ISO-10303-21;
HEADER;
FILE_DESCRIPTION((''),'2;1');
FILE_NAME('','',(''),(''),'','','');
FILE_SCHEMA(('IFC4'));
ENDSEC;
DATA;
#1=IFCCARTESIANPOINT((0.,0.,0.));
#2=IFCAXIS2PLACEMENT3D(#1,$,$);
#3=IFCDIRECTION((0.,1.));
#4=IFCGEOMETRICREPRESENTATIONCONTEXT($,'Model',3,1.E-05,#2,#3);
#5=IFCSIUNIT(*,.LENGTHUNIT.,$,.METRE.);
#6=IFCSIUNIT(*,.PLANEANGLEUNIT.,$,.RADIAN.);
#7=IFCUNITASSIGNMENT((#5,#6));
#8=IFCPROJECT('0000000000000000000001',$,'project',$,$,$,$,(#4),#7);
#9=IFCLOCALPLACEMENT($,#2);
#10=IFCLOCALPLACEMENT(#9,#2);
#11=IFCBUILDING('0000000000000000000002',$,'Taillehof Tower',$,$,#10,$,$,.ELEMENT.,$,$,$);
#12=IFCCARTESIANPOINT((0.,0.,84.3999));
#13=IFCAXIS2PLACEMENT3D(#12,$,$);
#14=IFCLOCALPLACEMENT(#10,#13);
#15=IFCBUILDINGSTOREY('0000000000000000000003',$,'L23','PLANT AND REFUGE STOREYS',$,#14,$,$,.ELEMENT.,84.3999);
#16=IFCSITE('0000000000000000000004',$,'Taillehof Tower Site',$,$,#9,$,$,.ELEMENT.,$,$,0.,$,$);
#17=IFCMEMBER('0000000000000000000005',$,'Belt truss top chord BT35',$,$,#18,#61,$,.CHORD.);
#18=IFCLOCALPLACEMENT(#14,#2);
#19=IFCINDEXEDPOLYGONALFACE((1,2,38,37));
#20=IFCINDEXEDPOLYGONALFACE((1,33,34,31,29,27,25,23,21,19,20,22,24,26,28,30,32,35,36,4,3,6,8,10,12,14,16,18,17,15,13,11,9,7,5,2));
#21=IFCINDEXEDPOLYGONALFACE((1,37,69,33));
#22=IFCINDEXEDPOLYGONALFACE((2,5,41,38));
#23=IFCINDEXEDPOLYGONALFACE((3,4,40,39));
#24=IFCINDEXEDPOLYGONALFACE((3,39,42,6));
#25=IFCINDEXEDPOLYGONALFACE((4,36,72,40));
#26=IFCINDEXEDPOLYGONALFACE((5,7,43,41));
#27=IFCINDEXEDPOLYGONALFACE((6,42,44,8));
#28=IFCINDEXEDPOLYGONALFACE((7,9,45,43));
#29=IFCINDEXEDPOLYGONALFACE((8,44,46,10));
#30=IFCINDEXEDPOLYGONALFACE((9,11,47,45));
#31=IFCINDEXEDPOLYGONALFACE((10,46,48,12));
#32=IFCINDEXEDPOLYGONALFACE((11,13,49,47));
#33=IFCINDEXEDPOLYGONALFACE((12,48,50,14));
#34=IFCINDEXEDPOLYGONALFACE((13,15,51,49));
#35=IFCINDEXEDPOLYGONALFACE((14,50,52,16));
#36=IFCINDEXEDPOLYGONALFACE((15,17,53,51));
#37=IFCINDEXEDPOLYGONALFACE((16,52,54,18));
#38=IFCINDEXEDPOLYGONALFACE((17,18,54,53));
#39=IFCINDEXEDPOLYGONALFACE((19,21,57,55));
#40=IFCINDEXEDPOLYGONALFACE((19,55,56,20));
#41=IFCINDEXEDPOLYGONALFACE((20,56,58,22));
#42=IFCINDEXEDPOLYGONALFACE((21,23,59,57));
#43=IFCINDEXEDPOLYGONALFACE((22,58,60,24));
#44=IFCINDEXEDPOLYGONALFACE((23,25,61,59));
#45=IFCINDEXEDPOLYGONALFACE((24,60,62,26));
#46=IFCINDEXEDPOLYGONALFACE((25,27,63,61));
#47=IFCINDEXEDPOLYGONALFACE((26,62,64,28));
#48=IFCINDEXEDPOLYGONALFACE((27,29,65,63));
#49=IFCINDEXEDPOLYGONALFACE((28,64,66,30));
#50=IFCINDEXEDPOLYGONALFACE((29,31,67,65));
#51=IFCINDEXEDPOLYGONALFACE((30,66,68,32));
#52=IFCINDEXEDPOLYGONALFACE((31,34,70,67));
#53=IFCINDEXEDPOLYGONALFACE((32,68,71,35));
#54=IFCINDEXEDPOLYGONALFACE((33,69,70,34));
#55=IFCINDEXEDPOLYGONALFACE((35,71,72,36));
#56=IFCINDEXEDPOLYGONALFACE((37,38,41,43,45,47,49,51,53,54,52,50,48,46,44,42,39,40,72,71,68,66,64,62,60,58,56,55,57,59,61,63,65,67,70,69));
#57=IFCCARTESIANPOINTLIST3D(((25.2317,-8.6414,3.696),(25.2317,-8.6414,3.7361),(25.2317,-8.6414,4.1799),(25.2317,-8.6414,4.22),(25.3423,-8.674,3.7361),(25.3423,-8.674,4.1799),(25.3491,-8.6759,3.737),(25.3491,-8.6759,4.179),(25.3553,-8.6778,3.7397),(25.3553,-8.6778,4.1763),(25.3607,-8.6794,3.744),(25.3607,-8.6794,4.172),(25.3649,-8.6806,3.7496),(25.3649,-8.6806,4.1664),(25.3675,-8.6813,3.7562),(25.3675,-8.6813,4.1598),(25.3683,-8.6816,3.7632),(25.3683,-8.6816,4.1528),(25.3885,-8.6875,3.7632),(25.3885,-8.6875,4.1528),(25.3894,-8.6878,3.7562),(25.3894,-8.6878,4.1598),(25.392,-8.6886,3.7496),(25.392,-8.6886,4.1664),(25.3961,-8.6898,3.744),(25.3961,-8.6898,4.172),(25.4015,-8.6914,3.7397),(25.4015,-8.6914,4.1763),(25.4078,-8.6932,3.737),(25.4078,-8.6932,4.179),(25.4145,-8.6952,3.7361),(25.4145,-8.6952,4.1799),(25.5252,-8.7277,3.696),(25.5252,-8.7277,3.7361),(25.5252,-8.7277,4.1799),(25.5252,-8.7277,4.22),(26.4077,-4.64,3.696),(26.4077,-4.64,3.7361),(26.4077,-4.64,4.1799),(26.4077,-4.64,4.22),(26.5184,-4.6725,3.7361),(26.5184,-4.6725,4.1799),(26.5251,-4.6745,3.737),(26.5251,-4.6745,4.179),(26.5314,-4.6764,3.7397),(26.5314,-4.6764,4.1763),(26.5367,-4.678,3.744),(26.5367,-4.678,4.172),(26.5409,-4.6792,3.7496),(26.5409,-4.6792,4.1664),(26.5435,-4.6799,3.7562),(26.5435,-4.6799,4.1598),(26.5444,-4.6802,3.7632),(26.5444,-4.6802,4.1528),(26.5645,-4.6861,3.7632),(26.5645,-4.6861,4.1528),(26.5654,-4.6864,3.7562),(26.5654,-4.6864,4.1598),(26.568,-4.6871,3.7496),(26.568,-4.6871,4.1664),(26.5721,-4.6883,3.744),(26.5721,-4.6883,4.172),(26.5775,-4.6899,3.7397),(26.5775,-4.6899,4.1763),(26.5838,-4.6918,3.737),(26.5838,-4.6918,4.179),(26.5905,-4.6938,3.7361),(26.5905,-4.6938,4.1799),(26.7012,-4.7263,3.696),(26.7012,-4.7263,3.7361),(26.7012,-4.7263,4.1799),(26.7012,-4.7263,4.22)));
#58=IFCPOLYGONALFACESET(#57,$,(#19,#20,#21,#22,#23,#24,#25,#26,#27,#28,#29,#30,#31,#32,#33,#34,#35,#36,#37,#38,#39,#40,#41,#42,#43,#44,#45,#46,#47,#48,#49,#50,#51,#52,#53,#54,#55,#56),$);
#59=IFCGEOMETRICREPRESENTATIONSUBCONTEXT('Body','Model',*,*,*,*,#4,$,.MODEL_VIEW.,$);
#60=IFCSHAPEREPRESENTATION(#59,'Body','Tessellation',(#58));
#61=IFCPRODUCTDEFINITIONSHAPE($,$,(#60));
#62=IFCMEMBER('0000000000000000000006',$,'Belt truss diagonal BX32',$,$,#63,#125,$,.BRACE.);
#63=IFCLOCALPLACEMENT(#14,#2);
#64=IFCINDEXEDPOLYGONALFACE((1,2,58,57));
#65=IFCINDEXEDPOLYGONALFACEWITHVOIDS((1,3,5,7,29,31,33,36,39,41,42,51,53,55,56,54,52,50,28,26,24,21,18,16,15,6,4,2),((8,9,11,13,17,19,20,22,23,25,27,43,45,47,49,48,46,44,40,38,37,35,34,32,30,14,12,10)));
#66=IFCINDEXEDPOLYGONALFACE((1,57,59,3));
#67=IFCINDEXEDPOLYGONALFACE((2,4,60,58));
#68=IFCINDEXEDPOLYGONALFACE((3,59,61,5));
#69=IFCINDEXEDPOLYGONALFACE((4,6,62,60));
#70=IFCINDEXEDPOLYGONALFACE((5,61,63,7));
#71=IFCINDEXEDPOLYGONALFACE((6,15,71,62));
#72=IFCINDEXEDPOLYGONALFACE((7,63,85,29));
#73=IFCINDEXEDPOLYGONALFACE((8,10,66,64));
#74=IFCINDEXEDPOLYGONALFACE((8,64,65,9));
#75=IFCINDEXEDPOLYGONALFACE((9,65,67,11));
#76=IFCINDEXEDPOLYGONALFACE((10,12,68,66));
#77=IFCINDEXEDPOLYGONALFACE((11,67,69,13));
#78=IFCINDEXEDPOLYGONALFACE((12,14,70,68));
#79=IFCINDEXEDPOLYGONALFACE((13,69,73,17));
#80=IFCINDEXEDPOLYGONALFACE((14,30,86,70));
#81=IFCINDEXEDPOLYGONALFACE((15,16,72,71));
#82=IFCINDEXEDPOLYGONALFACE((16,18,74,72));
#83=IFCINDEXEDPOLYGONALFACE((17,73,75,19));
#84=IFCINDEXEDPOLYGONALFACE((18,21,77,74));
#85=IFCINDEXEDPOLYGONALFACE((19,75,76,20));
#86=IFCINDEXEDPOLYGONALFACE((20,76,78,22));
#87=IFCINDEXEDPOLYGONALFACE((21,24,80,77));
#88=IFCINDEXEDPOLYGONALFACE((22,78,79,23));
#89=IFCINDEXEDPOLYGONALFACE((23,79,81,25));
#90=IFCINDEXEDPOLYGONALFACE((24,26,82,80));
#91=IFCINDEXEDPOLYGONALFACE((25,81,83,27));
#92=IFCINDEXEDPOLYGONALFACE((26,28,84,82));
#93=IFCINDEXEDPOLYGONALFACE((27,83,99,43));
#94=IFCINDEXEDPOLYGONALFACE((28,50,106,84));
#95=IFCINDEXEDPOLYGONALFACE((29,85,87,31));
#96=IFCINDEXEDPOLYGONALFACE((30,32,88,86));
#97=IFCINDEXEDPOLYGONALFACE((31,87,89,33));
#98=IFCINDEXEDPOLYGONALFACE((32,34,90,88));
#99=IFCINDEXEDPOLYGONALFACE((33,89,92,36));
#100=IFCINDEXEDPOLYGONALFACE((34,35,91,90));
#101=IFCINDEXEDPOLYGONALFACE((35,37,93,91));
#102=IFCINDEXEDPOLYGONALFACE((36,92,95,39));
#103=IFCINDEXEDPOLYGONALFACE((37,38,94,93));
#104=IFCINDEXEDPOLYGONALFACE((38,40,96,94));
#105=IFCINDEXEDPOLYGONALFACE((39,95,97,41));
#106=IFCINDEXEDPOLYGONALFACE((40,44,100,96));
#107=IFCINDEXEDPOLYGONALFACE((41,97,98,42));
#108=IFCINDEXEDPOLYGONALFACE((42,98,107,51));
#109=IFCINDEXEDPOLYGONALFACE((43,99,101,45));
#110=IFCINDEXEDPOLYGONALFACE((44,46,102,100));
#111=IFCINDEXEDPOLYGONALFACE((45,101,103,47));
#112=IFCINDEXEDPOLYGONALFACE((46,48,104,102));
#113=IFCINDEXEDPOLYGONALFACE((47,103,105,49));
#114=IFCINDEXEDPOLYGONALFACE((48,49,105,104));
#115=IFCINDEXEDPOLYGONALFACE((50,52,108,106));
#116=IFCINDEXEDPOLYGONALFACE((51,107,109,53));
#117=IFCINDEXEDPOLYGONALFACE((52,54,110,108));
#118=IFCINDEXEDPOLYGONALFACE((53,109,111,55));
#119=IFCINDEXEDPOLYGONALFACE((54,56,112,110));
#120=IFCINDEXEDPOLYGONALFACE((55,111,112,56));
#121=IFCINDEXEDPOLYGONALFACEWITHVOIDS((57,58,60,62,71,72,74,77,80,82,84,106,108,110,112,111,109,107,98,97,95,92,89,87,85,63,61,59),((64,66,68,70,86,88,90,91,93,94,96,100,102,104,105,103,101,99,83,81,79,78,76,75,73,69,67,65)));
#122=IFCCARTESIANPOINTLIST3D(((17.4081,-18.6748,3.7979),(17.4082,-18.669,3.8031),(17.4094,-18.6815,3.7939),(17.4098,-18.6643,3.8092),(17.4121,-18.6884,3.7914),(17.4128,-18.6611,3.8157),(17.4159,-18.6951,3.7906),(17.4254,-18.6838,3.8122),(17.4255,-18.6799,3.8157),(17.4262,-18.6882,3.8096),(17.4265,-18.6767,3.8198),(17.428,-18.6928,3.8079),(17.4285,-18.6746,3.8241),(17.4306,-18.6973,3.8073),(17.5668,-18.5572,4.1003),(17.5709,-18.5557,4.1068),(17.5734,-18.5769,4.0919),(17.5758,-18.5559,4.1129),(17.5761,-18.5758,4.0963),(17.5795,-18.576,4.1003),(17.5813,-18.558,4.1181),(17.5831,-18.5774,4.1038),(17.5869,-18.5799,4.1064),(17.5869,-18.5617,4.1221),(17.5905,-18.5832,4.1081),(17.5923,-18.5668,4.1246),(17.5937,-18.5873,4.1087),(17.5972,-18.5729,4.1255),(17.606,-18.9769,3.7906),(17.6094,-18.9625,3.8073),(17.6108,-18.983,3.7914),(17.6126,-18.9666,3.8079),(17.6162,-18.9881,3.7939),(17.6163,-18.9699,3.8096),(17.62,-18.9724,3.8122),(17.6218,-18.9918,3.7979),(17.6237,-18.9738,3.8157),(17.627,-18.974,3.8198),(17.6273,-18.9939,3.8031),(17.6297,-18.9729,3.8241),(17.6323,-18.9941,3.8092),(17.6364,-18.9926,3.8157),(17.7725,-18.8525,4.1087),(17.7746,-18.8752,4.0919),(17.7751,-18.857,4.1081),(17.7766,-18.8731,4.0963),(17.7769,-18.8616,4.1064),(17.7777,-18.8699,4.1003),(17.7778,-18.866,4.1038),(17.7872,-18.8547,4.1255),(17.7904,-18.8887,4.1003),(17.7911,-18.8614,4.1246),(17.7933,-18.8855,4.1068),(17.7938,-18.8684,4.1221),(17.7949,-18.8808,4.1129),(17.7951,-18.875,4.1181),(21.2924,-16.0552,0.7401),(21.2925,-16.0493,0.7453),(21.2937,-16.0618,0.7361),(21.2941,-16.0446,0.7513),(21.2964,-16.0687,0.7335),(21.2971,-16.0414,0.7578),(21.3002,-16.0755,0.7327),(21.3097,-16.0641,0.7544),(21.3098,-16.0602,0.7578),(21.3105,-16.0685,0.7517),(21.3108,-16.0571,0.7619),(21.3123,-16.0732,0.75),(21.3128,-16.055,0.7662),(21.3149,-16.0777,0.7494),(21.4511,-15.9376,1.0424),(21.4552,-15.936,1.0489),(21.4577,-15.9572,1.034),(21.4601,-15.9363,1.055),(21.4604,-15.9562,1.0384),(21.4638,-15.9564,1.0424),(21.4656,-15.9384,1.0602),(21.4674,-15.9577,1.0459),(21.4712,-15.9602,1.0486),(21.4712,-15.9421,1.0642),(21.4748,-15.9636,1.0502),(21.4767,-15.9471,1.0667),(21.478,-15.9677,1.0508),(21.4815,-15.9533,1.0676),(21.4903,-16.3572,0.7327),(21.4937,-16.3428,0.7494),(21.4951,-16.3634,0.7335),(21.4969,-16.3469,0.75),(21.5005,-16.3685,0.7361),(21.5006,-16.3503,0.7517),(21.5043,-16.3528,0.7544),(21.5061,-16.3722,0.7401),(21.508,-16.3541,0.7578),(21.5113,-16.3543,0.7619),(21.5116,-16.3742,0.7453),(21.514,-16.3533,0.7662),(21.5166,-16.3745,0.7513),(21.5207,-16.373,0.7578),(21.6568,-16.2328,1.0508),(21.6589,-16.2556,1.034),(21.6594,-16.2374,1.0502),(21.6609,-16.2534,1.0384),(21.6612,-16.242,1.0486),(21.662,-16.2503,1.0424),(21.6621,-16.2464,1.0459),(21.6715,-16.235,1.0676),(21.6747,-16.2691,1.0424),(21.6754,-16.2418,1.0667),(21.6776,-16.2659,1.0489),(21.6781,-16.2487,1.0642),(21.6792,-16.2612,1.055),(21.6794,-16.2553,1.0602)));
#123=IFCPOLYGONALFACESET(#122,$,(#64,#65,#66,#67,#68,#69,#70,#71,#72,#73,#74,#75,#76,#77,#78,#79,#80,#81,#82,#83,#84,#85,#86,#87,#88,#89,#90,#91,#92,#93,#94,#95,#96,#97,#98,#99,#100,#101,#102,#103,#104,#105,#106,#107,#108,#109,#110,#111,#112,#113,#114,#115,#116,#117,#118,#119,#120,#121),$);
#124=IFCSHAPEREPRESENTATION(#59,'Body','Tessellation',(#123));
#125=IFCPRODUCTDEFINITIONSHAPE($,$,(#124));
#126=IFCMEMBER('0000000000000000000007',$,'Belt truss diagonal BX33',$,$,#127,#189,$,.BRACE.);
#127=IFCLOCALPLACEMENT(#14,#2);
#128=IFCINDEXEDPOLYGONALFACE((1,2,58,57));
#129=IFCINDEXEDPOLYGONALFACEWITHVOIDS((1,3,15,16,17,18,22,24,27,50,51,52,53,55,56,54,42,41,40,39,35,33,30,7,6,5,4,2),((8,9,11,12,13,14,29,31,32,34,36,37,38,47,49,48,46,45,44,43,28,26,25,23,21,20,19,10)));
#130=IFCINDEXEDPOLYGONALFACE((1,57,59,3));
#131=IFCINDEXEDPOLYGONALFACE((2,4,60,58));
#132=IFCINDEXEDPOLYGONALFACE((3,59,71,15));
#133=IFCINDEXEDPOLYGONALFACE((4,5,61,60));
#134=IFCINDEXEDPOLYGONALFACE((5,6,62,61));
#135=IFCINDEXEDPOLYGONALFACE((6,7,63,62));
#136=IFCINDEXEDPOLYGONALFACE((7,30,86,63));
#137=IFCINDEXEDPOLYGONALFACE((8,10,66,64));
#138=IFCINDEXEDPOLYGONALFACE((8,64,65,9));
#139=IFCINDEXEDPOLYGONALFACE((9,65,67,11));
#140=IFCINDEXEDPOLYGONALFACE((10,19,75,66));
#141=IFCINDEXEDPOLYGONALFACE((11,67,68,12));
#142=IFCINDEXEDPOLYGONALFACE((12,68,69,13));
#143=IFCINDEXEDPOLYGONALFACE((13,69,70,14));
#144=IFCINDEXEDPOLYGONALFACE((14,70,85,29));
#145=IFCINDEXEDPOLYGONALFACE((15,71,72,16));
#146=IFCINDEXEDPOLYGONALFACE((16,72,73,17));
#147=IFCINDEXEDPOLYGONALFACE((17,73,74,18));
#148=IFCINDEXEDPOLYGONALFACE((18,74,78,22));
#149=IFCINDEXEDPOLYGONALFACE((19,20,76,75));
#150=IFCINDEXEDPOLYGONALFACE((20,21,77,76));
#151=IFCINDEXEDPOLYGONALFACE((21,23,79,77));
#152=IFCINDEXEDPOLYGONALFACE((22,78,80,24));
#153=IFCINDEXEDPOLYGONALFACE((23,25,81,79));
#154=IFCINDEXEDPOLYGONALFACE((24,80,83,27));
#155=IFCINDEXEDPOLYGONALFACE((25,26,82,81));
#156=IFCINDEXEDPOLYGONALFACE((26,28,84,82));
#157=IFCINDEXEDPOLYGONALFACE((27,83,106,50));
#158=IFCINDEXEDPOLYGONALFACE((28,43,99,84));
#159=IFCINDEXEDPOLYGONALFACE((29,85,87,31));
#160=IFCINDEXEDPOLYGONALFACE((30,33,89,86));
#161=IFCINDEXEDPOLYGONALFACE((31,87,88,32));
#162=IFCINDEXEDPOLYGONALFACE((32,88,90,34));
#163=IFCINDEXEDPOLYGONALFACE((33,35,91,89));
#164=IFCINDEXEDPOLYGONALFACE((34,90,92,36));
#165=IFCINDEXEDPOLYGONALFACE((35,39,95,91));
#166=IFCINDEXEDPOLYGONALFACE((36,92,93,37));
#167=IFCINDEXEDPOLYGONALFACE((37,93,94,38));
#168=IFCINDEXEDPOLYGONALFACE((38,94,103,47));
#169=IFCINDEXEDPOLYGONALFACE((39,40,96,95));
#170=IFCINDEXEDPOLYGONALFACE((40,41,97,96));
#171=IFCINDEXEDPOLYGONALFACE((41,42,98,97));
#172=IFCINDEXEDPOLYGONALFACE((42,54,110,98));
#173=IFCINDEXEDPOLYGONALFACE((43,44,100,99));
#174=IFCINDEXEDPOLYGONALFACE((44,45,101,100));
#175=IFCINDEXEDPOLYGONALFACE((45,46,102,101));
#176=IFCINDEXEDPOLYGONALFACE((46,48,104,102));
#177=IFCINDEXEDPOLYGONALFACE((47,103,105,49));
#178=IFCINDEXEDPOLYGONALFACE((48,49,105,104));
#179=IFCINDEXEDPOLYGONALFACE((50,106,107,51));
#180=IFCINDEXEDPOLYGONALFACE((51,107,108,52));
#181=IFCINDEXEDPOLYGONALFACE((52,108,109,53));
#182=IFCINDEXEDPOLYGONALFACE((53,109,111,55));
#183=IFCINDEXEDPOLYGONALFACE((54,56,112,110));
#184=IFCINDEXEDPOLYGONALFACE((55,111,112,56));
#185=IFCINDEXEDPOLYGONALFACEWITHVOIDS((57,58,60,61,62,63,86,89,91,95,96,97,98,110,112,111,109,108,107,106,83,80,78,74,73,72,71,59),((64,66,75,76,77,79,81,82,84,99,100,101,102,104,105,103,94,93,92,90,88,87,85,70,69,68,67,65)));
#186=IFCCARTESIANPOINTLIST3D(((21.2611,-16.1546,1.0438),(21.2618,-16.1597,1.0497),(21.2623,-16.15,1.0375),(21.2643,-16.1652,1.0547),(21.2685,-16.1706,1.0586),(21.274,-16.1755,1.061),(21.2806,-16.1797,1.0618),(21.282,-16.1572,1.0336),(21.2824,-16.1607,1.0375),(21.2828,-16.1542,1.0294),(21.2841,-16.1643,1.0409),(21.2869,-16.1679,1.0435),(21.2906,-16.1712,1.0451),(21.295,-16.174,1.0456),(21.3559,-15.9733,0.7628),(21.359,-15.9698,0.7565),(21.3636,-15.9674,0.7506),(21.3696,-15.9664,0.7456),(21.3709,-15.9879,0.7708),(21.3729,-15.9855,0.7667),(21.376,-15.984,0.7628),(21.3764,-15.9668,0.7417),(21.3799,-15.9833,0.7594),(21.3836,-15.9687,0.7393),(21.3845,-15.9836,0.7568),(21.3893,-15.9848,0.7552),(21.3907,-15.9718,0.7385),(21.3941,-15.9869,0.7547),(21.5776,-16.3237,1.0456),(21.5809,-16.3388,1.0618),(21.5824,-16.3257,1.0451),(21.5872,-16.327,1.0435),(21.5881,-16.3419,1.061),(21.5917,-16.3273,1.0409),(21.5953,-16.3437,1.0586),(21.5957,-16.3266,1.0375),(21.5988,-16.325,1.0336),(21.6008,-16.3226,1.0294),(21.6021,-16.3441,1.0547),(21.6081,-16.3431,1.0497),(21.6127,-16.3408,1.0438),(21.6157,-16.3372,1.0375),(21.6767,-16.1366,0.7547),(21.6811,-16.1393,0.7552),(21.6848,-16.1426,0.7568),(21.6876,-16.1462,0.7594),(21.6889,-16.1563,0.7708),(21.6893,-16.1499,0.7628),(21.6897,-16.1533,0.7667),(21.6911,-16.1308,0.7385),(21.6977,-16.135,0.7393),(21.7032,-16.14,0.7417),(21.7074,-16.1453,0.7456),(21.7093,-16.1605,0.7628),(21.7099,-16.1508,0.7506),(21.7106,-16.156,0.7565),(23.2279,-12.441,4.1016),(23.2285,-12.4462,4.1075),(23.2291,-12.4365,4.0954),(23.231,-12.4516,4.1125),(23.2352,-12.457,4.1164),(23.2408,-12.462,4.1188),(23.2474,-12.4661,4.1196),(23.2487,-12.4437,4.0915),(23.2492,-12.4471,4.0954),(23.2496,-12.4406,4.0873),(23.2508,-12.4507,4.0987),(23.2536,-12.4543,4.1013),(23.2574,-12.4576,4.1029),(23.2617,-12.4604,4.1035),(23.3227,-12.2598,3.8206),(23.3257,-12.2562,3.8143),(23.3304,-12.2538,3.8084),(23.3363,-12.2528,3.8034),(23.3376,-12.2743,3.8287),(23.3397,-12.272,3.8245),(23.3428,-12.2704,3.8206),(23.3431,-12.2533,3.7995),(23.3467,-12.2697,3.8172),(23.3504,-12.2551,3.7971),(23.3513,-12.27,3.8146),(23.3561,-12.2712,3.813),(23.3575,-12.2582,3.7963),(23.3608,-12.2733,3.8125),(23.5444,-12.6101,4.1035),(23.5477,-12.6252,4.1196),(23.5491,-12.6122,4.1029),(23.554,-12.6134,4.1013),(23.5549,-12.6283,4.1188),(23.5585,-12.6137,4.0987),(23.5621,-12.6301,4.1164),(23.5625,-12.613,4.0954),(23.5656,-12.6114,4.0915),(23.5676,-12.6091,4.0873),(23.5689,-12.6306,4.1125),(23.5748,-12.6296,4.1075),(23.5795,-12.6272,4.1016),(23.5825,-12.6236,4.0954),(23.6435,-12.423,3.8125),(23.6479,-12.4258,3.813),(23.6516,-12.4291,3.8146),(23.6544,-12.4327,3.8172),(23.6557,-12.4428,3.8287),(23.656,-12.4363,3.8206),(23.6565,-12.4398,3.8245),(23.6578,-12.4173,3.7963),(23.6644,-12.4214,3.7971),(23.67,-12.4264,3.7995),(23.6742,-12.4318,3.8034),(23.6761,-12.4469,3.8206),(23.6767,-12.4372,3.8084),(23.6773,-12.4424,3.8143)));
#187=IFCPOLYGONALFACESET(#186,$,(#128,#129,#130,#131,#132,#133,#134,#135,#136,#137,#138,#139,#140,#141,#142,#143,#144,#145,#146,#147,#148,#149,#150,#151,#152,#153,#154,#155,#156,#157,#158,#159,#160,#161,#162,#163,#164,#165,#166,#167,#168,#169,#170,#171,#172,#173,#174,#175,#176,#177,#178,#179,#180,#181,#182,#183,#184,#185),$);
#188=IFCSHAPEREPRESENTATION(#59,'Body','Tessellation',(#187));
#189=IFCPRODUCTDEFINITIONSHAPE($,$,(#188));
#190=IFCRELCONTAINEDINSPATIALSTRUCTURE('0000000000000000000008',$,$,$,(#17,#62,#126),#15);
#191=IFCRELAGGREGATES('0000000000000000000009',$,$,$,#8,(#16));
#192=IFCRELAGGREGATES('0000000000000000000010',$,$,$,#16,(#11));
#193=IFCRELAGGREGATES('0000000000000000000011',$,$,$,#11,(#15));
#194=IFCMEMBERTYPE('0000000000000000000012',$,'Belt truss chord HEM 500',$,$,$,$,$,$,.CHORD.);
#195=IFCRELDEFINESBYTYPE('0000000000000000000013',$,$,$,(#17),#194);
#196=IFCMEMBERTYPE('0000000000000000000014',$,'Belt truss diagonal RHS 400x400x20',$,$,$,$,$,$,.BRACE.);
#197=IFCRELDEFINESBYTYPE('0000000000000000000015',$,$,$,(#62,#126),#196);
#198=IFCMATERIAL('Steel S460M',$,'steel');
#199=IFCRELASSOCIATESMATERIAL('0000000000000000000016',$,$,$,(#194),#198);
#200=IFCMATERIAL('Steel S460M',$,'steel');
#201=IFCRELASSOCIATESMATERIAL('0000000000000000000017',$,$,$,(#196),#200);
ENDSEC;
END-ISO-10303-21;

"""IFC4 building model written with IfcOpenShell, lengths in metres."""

from ifc_helpers import new_model, si_unit, direction, frame, origin, origin_2d, place, context, subcontext, project, spatial, hollow_rectangle, i_section, extrude, material, material_profile, profile_set, type_object, element, save


model = new_model("IFC4")

# Units and contexts
model_context = context("Model", 3, precision=1e-05, world=origin(), true_north=direction((0.0, 1.0)))
body_context = subcontext(model_context, "Body", "Model", "MODEL_VIEW")
ifc_project = project(units=[si_unit("LENGTHUNIT", "METRE"), si_unit("PLANEANGLEUNIT", "RADIAN")], contexts=[model_context])

# Site, building, storey
site_placement = place(None, origin())
site = spatial("IfcSite", under=ifc_project, at=site_placement, Name="Taillehof Tower Site", CompositionType="ELEMENT", RefElevation=0.0)
building_placement = place(site_placement, origin())
building = spatial("IfcBuilding", under=site, at=building_placement, Name="Taillehof Tower", CompositionType="ELEMENT")
storey_placement = place(building_placement, frame((0.0, 0.0, 84.3999)))
storey = spatial("IfcBuildingStorey", under=building, at=storey_placement, Name="L23", Description="PLANT AND REFUGE STOREYS", CompositionType="ELEMENT", Elevation=84.3999)

# Members
ifc_material_1 = material(Name="Steel S460M", Category="steel")
ifc_material_profile_1 = material_profile(ifc_material_1, i_section(OverallWidth=0.3059, OverallDepth=0.5239, WebThickness=0.021, FlangeThickness=0.04, FilletRadius=0.0271, at=origin_2d()), Name="HEM 500")
ifc_profile_set_1 = profile_set([ifc_material_profile_1], Name="Steel S460M")
member_type_1 = type_object("IfcMemberType", Name="Belt truss chord HEM 500", PredefinedType="CHORD", material=ifc_profile_set_1)
member_1_placement = place(storey_placement, frame((25.3784, -8.6846, 3.958), z_axis=(0.281973, 0.959422, 0.0), x_axis=(-0.959422, 0.281973, 0.0)))
element("IfcMember", 1, at=member_1_placement, inside=storey, type_object=member_type_1, Name="Belt truss top chord BT35", PredefinedType="CHORD", context=body_context, shape_type="SweptSolid", body=[
    extrude(i_section(OverallWidth=0.3059, OverallDepth=0.5239, WebThickness=0.021, FlangeThickness=0.04, FilletRadius=0.0271, at=origin_2d()), origin(), (0.0, 0.0, 1.0), 4.1707),
])
ifc_material_2 = material(Name="Steel S460M", Category="steel")
ifc_material_profile_2 = material_profile(ifc_material_2, hollow_rectangle(XDim=0.3999, YDim=0.3999, WallThickness=0.02, InnerFilletRadius=0.02, OuterFilletRadius=0.03, at=origin_2d()), Name="RHS 400x400x20")
ifc_profile_set_2 = profile_set([ifc_material_profile_2], Name="Steel S460M")
member_type_2 = type_object("IfcMemberType", Name="Belt truss diagonal RHS 400x400x20", PredefinedType="BRACE", material=ifc_profile_set_2)
member_2_placement = place(storey_placement, frame((17.6016, -18.7749, 3.958), z_axis=(0.694279, 0.468235, -0.546565), x_axis=(-0.559142, 0.829072, 0.0)))
element("IfcMember", 2, at=member_2_placement, inside=storey, type_object=member_type_2, Name="Belt truss diagonal BX32", PredefinedType="BRACE", context=body_context, shape_type="SweptSolid", body=[
    extrude(hollow_rectangle(XDim=0.3999, YDim=0.3999, WallThickness=0.02, InnerFilletRadius=0.02, OuterFilletRadius=0.03, at=origin_2d()), origin(), (0.0, 0.0, 1.0), 5.5947),
])
member_3_placement = place(storey_placement, frame((21.4858, -16.1553, 0.9001), z_axis=(0.378442, 0.714557, 0.588379), x_axis=(-0.883713, 0.468029, 0.0)))
element("IfcMember", 3, at=member_3_placement, inside=storey, type_object=member_type_2, Name="Belt truss diagonal BX33", PredefinedType="BRACE", context=body_context, shape_type="SweptSolid", body=[
    extrude(hollow_rectangle(XDim=0.3999, YDim=0.3999, WallThickness=0.02, InnerFilletRadius=0.02, OuterFilletRadius=0.03, at=origin_2d()), origin(), (0.0, 0.0, 1.0), 5.197),
])

save(model, "model.ifc")
